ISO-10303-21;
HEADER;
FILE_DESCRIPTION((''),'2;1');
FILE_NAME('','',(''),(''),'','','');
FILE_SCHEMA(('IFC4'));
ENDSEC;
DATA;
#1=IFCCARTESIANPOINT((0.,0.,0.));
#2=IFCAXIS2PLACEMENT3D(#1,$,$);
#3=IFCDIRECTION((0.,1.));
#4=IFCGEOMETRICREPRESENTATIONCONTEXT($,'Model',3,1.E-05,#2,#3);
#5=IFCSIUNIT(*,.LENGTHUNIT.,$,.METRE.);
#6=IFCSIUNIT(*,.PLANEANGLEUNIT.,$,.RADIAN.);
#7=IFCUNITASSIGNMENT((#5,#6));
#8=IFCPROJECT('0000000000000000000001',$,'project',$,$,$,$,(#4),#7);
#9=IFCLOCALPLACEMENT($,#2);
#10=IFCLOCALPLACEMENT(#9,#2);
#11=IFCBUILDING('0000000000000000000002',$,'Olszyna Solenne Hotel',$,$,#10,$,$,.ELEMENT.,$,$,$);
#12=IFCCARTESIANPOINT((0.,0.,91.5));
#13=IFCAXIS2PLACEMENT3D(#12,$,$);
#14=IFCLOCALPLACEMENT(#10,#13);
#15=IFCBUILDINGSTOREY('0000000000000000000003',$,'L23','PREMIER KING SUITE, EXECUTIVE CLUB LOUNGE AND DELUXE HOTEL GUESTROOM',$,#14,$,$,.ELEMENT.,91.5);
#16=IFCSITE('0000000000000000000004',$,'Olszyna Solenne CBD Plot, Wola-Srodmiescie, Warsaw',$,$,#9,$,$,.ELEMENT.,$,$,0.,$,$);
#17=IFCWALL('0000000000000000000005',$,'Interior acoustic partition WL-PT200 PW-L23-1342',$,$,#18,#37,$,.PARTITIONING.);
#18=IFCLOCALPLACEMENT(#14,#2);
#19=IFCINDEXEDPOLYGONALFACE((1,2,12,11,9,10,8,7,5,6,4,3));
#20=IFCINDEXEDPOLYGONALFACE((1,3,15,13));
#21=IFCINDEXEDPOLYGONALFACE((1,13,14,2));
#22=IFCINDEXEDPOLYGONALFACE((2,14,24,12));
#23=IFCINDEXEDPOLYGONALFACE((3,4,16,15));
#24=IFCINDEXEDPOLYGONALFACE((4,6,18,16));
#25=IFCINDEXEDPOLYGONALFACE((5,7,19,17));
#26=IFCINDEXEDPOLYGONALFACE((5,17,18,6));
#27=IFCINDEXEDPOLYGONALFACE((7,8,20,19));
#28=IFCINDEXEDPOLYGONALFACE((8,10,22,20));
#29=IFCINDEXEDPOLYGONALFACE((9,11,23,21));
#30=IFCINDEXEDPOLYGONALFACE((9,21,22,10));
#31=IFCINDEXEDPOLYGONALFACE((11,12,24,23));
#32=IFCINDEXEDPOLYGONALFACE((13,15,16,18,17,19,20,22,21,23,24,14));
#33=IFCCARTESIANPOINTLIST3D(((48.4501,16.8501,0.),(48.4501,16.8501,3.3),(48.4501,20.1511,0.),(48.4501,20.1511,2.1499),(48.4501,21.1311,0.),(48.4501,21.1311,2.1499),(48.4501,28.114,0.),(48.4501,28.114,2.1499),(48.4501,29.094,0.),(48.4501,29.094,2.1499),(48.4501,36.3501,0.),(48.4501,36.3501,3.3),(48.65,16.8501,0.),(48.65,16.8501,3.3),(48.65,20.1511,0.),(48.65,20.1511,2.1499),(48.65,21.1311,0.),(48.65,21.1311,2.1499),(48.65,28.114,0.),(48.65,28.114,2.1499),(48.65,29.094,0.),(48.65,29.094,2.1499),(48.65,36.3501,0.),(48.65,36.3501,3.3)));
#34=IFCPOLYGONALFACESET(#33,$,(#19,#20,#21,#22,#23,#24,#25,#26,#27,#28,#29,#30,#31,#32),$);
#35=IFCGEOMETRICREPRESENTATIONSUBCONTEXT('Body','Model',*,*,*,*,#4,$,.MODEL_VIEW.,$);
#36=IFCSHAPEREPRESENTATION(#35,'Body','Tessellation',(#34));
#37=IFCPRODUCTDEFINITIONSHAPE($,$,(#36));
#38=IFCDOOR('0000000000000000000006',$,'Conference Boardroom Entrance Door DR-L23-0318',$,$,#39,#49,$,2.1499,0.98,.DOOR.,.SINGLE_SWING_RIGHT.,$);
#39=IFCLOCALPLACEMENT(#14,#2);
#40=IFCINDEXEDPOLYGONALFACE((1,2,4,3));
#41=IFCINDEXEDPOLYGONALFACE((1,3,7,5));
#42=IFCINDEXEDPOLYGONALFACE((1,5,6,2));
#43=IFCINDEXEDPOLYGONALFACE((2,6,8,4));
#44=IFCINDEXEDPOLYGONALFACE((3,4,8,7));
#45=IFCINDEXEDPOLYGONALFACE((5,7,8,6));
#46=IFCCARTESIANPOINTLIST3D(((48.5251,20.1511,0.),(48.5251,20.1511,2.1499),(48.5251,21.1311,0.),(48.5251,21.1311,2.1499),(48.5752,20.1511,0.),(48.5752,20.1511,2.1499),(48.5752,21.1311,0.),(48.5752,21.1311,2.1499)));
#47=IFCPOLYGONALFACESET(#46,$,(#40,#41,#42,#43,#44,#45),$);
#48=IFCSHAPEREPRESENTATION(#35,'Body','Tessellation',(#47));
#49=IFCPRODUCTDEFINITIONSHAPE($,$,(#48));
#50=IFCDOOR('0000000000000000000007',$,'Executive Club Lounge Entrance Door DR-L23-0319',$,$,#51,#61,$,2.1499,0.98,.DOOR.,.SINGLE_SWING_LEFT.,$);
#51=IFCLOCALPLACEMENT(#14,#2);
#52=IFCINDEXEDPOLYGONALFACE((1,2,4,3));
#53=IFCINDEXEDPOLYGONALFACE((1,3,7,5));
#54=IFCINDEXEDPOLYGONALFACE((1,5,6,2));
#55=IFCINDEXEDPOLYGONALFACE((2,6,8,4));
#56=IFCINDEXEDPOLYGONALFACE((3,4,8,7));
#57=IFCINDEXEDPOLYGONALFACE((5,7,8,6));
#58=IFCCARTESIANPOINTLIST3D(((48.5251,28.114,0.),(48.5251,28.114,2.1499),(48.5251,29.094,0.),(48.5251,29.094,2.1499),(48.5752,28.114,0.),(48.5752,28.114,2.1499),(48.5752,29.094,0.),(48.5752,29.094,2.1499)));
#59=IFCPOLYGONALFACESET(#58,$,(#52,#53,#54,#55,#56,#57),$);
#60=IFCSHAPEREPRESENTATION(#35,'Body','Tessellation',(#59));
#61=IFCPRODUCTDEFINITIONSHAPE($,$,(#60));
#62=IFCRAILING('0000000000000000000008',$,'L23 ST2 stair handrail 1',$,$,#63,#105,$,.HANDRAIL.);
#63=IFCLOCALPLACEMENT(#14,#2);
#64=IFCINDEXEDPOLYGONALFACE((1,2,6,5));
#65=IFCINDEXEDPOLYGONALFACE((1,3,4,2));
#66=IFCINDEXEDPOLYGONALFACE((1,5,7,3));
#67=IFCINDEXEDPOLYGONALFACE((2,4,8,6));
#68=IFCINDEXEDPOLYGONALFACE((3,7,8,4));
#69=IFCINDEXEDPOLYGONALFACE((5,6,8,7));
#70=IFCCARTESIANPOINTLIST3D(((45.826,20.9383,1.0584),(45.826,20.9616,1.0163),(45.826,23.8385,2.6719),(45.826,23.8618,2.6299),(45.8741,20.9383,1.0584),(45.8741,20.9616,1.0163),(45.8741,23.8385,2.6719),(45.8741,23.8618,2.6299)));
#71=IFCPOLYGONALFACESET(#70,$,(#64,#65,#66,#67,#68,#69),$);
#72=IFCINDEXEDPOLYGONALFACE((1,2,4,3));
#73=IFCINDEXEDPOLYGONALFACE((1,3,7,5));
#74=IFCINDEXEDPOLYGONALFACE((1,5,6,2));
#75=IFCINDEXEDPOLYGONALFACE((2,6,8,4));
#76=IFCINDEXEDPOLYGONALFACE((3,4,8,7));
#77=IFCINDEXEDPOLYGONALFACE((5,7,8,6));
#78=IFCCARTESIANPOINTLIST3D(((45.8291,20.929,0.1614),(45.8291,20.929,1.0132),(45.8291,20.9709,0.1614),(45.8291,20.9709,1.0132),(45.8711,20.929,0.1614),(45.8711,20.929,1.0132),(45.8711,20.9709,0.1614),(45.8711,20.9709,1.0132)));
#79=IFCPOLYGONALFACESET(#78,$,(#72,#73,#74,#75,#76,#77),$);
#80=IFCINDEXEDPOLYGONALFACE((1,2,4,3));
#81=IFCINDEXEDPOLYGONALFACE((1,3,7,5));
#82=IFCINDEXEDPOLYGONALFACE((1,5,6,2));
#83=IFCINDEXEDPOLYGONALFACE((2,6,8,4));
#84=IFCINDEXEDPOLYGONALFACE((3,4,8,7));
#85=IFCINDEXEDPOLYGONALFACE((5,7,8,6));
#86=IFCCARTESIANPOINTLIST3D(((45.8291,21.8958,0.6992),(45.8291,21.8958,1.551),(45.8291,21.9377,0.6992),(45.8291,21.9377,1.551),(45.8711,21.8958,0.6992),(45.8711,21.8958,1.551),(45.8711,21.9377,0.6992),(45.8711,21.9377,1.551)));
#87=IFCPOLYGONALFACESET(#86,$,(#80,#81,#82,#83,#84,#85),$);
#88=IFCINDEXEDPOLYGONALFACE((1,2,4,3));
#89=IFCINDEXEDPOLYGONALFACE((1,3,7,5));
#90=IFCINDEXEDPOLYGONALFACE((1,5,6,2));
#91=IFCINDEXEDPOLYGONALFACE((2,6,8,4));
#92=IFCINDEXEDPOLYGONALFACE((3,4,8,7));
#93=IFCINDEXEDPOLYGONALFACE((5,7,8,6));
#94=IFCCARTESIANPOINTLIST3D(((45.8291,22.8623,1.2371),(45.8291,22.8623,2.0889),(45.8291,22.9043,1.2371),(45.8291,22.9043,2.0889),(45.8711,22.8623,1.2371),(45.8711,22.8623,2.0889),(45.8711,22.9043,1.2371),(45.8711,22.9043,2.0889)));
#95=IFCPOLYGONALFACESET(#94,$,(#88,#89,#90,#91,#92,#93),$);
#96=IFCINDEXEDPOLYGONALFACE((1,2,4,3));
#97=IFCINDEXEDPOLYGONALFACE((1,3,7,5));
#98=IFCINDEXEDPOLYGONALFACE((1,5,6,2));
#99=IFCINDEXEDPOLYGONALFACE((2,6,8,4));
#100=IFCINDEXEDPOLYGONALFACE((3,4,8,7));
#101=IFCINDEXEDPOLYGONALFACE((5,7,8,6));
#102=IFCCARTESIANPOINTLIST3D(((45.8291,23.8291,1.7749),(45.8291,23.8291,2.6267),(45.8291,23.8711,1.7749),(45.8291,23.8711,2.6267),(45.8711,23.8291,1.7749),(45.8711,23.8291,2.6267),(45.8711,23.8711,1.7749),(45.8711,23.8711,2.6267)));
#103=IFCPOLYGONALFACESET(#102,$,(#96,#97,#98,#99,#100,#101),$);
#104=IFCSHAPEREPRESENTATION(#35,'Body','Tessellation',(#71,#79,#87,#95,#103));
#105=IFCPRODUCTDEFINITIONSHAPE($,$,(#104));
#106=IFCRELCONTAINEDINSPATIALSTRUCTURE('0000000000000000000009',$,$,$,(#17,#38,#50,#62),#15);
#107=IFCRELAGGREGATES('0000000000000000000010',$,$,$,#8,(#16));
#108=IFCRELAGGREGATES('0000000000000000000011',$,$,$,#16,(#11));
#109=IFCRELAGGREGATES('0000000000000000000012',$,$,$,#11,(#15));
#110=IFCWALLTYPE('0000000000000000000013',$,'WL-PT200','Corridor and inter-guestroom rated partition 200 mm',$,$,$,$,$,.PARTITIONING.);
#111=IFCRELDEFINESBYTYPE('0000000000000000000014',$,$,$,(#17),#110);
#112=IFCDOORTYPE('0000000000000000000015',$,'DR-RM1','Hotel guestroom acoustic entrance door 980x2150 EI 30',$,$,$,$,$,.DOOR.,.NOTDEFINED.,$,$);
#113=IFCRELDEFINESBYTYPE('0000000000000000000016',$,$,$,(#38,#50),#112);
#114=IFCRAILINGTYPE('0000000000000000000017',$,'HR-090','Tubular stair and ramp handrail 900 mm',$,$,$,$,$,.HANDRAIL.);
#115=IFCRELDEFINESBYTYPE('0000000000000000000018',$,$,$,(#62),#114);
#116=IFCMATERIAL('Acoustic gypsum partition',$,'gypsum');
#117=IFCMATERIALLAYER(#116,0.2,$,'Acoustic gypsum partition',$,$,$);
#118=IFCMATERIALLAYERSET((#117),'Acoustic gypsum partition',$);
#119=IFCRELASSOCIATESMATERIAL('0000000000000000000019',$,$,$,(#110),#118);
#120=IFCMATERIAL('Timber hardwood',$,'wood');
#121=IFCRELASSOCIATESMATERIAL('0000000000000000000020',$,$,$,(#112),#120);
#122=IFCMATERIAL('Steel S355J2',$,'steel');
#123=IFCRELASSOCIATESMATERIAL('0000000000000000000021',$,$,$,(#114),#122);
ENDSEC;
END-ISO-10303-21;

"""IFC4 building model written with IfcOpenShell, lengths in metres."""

from ifc_helpers import new_model, si_unit, direction, frame, frame_2d, origin, origin_2d, place, context, subcontext, project, spatial, rectangle, extrude, source, transform, mapped, material, layer, layer_set, type_object, type_shapes, element, fill, save


model = new_model("IFC4")

# Units and contexts
model_context = context("Model", 3, precision=1e-05, world=origin(), true_north=direction((0.0, 1.0)))
body_context = subcontext(model_context, "Body", "Model", "MODEL_VIEW")
ifc_project = project(units=[si_unit("LENGTHUNIT", "METRE"), si_unit("PLANEANGLEUNIT", "RADIAN")], contexts=[model_context])

# Site, building, storey
site_placement = place(None, origin())
site = spatial("IfcSite", under=ifc_project, at=site_placement, Name="Olszyna Solenne CBD Plot, Wola-Srodmiescie, Warsaw", CompositionType="ELEMENT", RefElevation=0.0)
building_placement = place(site_placement, origin())
building = spatial("IfcBuilding", under=site, at=building_placement, Name="Olszyna Solenne Hotel", CompositionType="ELEMENT")
storey_placement = place(building_placement, frame((0.0, 0.0, 91.5)))
storey = spatial("IfcBuildingStorey", under=building, at=storey_placement, Name="L23", Description="PREMIER KING SUITE, EXECUTIVE CLUB LOUNGE AND DELUXE HOTEL GUESTROOM", CompositionType="ELEMENT", Elevation=91.5)

# Shared definitions
ifc_material_1 = material(Name="Steel S355J2", Category="steel")

# Shared definitions
ifc_material_2 = material(Name="Acoustic gypsum partition", Category="gypsum")
ifc_layer_1 = layer(ifc_material_2, 0.2, Name="Acoustic gypsum partition")
ifc_layer_set_1 = layer_set([ifc_layer_1], Name="Acoustic gypsum partition")
wall_type_1 = type_object("IfcWallType", Name="WL-PT200", Description="Corridor and inter-guestroom rated partition 200 mm", PredefinedType="PARTITIONING", material=ifc_layer_set_1)

# Wall, openings, doors
wall_1_placement = place(storey_placement, frame((48.55, 16.8501, 0.0), z_axis=(0.0, 0.0, 1.0), x_axis=(0.0, 1.0, 0.0)))
wall_1 = element("IfcWall", 1, at=wall_1_placement, inside=storey, type_object=wall_type_1, Name="Interior acoustic partition WL-PT200 PW-L23-1342", PredefinedType="PARTITIONING", context=body_context, shape_type="SweptSolid", body=[
    extrude(rectangle(XDim=19.5, YDim=0.2, at=frame_2d((9.75, 0.0))), origin(), (0.0, 0.0, 1.0), 3.3),
])
opening_1_placement = place(wall_1_placement, frame((3.301, 0.0, 0.0)))
opening_1 = element("IfcOpeningElement", 2, at=opening_1_placement, cuts=wall_1, PredefinedType="OPENING", context=body_context, shape_type="SweptSolid", body=[
    extrude(rectangle(XDim=0.98, YDim=2.1499, at=frame_2d((0.49, 1.075))), frame((0.0, 0.1099, 0.0), z_axis=(0.0, -1.0, 0.0), x_axis=(1.0, 0.0, 0.0)), (0.0, 0.0, 1.0), 0.22),
])
opening_2_placement = place(wall_1_placement, frame((11.2639, 0.0, 0.0)))
opening_2 = element("IfcOpeningElement", 3, at=opening_2_placement, cuts=wall_1, PredefinedType="OPENING", context=body_context, shape_type="SweptSolid", body=[
    extrude(rectangle(XDim=0.98, YDim=2.1499, at=frame_2d((0.49, 1.075))), frame((0.0, 0.1099, 0.0), z_axis=(0.0, -1.0, 0.0), x_axis=(1.0, 0.0, 0.0)), (0.0, 0.0, 1.0), 0.22),
])
ifc_material_3 = material(Name="Timber hardwood", Category="wood")
door_type_1 = type_object("IfcDoorType", Name="DR-RM1", Description="Hotel guestroom acoustic entrance door 980x2150 EI 30", OperationType="NOTDEFINED", PredefinedType="DOOR", material=ifc_material_3)
shared_shape_1 = source(origin(), body_context, "Body", "SweptSolid", [
    extrude(rectangle(XDim=0.98, YDim=2.1499, at=frame_2d((0.49, 1.075))), frame((0.0, 0.0249, 0.0), z_axis=(0.0, -1.0, 0.0), x_axis=(1.0, 0.0, 0.0)), (0.0, 0.0, 1.0), 0.05),
])
type_shapes(door_type_1, [shared_shape_1])
door_1_placement = place(opening_1_placement, origin())
door_1 = element("IfcDoor", 4, at=door_1_placement, inside=storey, type_object=door_type_1, Name="Conference Boardroom Entrance Door DR-L23-0318", OperationType="SINGLE_SWING_RIGHT", OverallHeight=2.1499, OverallWidth=0.98, PredefinedType="DOOR", context=body_context, shape_type="MappedRepresentation", body=[
    mapped(shared_shape_1, transform((0.0, 0.0, 0.0), x_axis=(1.0, 0.0, 0.0), y_axis=(0.0, 1.0, 0.0), z_axis=(0.0, 0.0, 1.0), scale=1.0)),
])
fill(opening_1, door_1)
door_2_placement = place(opening_2_placement, origin())
door_2 = element("IfcDoor", 5, at=door_2_placement, inside=storey, type_object=door_type_1, Name="Executive Club Lounge Entrance Door DR-L23-0319", OperationType="SINGLE_SWING_LEFT", OverallHeight=2.1499, OverallWidth=0.98, PredefinedType="DOOR", context=body_context, shape_type="MappedRepresentation", body=[
    mapped(shared_shape_1, transform((0.0, 0.0, 0.0), x_axis=(1.0, 0.0, 0.0), y_axis=(0.0, 1.0, 0.0), z_axis=(0.0, 0.0, 1.0), scale=1.0)),
])
fill(opening_2, door_2)

# Railing
railing_type = type_object("IfcRailingType", Name="HR-090", Description="Tubular stair and ramp handrail 900 mm", PredefinedType="HANDRAIL", material=ifc_material_1)
railing_placement = place(storey_placement, frame((45.8501, 20.95, 0.1614)))
element("IfcRailing", 6, at=railing_placement, inside=storey, type_object=railing_type, Name="L23 ST2 stair handrail 1", PredefinedType="HANDRAIL", context=body_context, shape_type="SweptSolid", body=[
    extrude(rectangle(XDim=0.0481, YDim=0.0481, at=origin_2d()), frame((0.0, 0.0, 0.876), z_axis=(0.0, 0.873859, 0.48618), x_axis=(-1.0, 0.0, 0.0)), (0.0, 0.0, 1.0), 3.3188),
    extrude(rectangle(XDim=0.042, YDim=0.042, at=origin_2d()), origin(), (0.0, 0.0, 1.0), 0.8518),
    extrude(rectangle(XDim=0.042, YDim=0.042, at=origin_2d()), frame((0.0, 0.9668, 0.5378)), (0.0, 0.0, 1.0), 0.8518),
    extrude(rectangle(XDim=0.042, YDim=0.042, at=origin_2d()), frame((0.0, 1.9333, 1.0757)), (0.0, 0.0, 1.0), 0.8518),
    extrude(rectangle(XDim=0.042, YDim=0.042, at=origin_2d()), frame((0.0, 2.9001, 1.6135)), (0.0, 0.0, 1.0), 0.8518),
])

save(model, "model.ifc")
